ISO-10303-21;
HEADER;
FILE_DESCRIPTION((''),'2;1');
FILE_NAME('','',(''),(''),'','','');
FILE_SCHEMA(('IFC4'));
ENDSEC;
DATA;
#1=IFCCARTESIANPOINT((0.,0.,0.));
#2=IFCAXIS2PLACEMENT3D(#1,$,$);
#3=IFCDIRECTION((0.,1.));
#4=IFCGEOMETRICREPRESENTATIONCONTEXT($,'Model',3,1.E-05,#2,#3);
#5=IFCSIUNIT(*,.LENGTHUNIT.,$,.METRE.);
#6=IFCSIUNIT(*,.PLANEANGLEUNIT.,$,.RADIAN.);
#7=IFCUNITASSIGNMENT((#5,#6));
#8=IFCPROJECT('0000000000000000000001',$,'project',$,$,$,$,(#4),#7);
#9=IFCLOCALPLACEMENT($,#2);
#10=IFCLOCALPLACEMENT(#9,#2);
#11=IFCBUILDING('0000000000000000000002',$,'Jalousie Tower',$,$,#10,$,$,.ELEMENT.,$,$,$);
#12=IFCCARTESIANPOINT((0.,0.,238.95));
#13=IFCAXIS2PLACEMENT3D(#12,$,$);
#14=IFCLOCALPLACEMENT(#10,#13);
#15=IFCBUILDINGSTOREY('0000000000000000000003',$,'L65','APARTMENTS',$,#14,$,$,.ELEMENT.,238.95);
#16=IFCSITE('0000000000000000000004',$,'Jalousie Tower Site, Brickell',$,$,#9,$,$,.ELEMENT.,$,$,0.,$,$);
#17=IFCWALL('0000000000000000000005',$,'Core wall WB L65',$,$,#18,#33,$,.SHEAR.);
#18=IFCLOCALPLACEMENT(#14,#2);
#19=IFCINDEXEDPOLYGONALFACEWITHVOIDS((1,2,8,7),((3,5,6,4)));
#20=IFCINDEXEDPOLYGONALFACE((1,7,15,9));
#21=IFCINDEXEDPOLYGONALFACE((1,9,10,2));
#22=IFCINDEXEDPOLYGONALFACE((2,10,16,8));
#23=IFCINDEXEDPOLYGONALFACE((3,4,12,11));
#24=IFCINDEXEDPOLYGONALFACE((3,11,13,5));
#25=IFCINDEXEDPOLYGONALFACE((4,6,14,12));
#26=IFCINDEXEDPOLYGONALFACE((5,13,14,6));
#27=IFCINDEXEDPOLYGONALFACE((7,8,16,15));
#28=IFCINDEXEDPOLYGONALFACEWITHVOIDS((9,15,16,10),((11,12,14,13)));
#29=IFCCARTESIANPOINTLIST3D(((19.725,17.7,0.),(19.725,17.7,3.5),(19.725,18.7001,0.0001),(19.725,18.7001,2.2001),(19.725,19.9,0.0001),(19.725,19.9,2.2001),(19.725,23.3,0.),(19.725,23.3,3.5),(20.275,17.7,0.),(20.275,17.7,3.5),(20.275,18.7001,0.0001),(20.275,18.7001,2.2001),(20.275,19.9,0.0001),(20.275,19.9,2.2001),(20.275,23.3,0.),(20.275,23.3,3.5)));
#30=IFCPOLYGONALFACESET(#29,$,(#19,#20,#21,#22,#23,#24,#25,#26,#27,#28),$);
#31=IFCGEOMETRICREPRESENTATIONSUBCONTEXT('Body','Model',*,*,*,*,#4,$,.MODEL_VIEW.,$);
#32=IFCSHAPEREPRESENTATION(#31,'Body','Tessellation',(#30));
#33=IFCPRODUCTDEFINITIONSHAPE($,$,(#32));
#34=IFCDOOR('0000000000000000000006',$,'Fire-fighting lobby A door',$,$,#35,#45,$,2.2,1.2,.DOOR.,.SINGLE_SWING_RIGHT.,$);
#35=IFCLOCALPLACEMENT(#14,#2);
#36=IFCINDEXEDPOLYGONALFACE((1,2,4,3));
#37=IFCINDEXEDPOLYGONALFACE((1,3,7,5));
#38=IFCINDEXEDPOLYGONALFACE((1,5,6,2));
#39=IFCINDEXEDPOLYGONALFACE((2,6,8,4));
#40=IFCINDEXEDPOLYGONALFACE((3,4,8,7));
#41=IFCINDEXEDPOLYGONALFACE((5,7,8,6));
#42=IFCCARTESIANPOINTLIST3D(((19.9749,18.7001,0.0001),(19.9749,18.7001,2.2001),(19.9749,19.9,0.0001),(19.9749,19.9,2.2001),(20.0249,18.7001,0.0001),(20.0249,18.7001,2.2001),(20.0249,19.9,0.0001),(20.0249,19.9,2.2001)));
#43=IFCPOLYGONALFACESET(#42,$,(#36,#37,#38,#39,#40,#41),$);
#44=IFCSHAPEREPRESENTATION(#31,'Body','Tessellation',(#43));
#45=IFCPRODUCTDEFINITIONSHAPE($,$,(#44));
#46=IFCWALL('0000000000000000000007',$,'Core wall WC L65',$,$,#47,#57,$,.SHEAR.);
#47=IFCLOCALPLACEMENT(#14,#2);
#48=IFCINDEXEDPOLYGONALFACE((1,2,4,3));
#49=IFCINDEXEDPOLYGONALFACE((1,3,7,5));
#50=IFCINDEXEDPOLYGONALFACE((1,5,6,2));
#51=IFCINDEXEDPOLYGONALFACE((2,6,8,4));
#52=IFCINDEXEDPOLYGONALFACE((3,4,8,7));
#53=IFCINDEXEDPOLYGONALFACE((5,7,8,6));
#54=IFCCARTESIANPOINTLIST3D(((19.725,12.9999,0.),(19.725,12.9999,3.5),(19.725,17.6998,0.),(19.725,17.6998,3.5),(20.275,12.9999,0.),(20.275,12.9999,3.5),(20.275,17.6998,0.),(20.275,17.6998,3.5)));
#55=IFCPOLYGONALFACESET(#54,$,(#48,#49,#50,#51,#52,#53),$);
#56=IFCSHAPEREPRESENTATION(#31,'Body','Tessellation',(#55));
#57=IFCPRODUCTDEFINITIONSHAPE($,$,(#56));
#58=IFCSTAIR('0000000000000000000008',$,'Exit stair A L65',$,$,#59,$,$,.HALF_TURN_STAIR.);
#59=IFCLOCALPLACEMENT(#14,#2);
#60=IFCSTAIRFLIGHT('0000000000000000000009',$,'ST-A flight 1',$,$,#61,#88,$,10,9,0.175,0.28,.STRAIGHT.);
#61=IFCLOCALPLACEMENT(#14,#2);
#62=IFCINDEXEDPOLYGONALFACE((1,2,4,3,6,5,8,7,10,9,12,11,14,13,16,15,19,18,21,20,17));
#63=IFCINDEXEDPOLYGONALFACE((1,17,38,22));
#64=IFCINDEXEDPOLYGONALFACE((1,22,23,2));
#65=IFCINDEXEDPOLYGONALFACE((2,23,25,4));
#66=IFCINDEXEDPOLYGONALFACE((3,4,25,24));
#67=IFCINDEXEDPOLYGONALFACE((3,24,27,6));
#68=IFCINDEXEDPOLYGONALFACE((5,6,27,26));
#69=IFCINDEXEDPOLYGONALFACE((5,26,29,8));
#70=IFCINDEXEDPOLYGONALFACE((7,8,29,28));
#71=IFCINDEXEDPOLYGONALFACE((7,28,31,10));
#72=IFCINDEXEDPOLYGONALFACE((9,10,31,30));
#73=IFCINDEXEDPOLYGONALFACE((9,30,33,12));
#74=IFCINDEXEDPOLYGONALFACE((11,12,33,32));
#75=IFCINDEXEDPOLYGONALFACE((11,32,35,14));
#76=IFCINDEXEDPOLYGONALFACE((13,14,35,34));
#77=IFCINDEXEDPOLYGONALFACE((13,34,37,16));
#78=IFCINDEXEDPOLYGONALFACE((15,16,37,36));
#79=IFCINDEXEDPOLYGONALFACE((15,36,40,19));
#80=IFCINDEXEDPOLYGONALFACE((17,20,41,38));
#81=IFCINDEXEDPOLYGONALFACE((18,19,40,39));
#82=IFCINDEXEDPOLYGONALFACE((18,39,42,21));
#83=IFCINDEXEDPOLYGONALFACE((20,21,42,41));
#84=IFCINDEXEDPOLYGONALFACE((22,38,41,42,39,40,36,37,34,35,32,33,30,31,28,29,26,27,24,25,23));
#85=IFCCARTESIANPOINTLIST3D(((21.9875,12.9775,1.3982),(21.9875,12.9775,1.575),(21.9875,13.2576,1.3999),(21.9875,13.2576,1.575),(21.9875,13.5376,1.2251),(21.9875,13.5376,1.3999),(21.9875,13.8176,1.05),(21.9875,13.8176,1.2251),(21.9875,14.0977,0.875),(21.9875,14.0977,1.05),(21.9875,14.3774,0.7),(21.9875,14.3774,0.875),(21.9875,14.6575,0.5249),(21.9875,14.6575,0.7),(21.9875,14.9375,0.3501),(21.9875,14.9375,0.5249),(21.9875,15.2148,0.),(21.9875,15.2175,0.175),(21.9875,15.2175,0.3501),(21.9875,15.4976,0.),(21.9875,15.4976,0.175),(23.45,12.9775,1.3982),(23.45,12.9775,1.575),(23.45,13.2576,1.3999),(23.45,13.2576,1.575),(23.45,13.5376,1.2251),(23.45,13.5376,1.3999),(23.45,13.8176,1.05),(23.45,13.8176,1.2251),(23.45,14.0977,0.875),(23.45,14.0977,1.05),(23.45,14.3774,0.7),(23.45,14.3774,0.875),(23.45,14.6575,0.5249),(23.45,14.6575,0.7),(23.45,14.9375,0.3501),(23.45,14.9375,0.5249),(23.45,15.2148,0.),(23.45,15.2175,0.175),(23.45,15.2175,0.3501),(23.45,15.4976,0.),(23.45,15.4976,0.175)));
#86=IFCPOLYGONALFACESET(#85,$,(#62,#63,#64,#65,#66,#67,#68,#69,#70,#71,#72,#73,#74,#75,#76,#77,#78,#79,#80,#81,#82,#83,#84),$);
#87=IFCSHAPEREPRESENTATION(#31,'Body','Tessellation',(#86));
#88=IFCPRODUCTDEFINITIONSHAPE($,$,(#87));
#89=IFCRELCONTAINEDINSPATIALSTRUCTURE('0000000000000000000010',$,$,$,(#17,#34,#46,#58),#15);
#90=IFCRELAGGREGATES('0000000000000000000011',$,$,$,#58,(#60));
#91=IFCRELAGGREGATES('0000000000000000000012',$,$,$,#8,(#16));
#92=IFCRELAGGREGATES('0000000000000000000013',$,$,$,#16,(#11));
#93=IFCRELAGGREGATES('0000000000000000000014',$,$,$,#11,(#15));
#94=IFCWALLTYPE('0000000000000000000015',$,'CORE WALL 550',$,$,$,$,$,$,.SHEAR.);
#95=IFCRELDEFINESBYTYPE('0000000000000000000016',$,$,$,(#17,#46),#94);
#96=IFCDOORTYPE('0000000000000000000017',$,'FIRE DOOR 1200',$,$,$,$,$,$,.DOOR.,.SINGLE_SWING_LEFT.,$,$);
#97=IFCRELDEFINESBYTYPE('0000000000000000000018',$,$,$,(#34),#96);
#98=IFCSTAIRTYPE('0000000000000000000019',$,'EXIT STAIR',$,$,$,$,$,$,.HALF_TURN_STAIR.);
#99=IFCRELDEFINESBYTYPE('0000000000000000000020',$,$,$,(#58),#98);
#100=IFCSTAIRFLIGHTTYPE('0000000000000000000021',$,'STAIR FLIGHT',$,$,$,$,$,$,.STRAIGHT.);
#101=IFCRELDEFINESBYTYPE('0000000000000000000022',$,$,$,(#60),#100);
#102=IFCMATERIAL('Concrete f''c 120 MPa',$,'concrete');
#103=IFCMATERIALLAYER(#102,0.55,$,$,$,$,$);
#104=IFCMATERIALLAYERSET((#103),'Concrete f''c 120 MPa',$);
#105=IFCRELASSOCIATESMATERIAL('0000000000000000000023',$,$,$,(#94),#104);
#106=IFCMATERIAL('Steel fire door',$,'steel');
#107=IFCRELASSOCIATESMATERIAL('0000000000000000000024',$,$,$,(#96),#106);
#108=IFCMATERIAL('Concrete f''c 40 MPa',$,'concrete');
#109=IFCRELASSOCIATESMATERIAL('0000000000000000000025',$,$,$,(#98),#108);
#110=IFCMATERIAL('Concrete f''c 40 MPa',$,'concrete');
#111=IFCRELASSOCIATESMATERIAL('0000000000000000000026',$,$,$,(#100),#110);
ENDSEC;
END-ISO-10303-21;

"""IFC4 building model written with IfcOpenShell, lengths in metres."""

from ifc_helpers import new_model, si_unit, direction, frame, frame_2d, origin, place, context, subcontext, project, spatial, polyline, rectangle, outline, extrude, material, layer, layer_set, type_object, element, fill, aggregate, save


model = new_model("IFC4")

# Units and contexts
model_context = context("Model", 3, precision=1e-05, world=origin(), true_north=direction((0.0, 1.0)))
body_context = subcontext(model_context, "Body", "Model", "MODEL_VIEW")
ifc_project = project(units=[si_unit("LENGTHUNIT", "METRE"), si_unit("PLANEANGLEUNIT", "RADIAN")], contexts=[model_context])

# Site, building, storey
site_placement = place(None, origin())
site = spatial("IfcSite", under=ifc_project, at=site_placement, Name="Jalousie Tower Site, Brickell", CompositionType="ELEMENT", RefElevation=0.0)
building_placement = place(site_placement, origin())
building = spatial("IfcBuilding", under=site, at=building_placement, Name="Jalousie Tower", CompositionType="ELEMENT")
storey_placement = place(building_placement, frame((0.0, 0.0, 238.95)))
storey = spatial("IfcBuildingStorey", under=building, at=storey_placement, Name="L65", Description="APARTMENTS", CompositionType="ELEMENT", Elevation=238.95)

# Shared definitions
ifc_material_1 = material(Name="Concrete f'c 120 MPa", Category="concrete")
ifc_layer_1 = layer(ifc_material_1, 0.55)
ifc_layer_set_1 = layer_set([ifc_layer_1], Name="Concrete f'c 120 MPa")
wall_type_1 = type_object("IfcWallType", Name="CORE WALL 550", PredefinedType="SHEAR", material=ifc_layer_set_1)

# Wall, opening, door
wall_1_placement = place(storey_placement, frame((20.0, 23.3, 0.0), z_axis=(0.0, 0.0, 1.0), x_axis=(0.0, -1.0, 0.0)))
wall_1 = element("IfcWall", 1, at=wall_1_placement, inside=storey, type_object=wall_type_1, Name="Core wall WB L65", PredefinedType="SHEAR", context=body_context, shape_type="SweptSolid", body=[
    extrude(rectangle(XDim=5.6001, YDim=0.55, at=frame_2d((2.8, 0.0))), origin(), (0.0, 0.0, 1.0), 3.5),
])
opening_1_placement = place(wall_1_placement, frame((3.3999, 0.0, 0.0)))
opening_1 = element("IfcOpeningElement", 2, at=opening_1_placement, cuts=wall_1, PredefinedType="OPENING", context=body_context, shape_type="SweptSolid", body=[
    extrude(rectangle(XDim=1.2, YDim=2.2, at=frame_2d((0.6001, 1.1001))), frame((0.0, 0.2849, 0.0), z_axis=(0.0, -1.0, 0.0), x_axis=(1.0, 0.0, 0.0)), (0.0, 0.0, 1.0), 0.5701),
])
ifc_material_2 = material(Name="Steel fire door", Category="steel")
door_type_1 = type_object("IfcDoorType", Name="FIRE DOOR 1200", OperationType="SINGLE_SWING_LEFT", PredefinedType="DOOR", material=ifc_material_2)
door_1_placement = place(opening_1_placement, origin())
door_1 = element("IfcDoor", 3, at=door_1_placement, inside=storey, type_object=door_type_1, Name="Fire-fighting lobby A door", OperationType="SINGLE_SWING_RIGHT", OverallHeight=2.2, OverallWidth=1.2, PredefinedType="DOOR", context=body_context, shape_type="SweptSolid", body=[
    extrude(rectangle(XDim=1.2, YDim=2.2, at=frame_2d((0.6001, 1.1001))), frame((0.0, 0.0249, 0.0), z_axis=(0.0, -1.0, 0.0), x_axis=(1.0, 0.0, 0.0)), (0.0, 0.0, 1.0), 0.05),
])
fill(opening_1, door_1)

# Wall
wall_2_placement = place(storey_placement, frame((20.0, 17.7, 0.0), z_axis=(0.0, 0.0, 1.0), x_axis=(0.0, -1.0, 0.0)))
element("IfcWall", 4, at=wall_2_placement, inside=storey, type_object=wall_type_1, Name="Core wall WC L65", PredefinedType="SHEAR", context=body_context, shape_type="SweptSolid", body=[
    extrude(rectangle(XDim=4.7, YDim=0.55, at=frame_2d((2.3501, 0.0))), origin(), (0.0, 0.0, 1.0), 3.5),
])

# Stair, stair flight
ifc_material_3 = material(Name="Concrete f'c 40 MPa", Category="concrete")
stair_type = type_object("IfcStairType", Name="EXIT STAIR", PredefinedType="HALF_TURN_STAIR", material=ifc_material_3)
stair_placement = place(storey_placement, origin())
stair = element("IfcStair", 5, at=stair_placement, inside=storey, type_object=stair_type, Name="Exit stair A L65", PredefinedType="HALF_TURN_STAIR")
ifc_material_4 = material(Name="Concrete f'c 40 MPa", Category="concrete")
stair_flight_type = type_object("IfcStairFlightType", Name="STAIR FLIGHT", PredefinedType="STRAIGHT", material=ifc_material_4)
stair_flight_placement = place(storey_placement, frame((22.7188, 15.4976, 0.0), z_axis=(0.0, 0.0, 1.0), x_axis=(0.0, -1.0, 0.0)))
stair_flight = element("IfcStairFlight", 6, at=stair_flight_placement, type_object=stair_flight_type, Name="ST-A flight 1", NumberOfRisers=10, NumberOfTreads=9, PredefinedType="STRAIGHT", RiserHeight=0.175, TreadLength=0.28, context=body_context, shape_type="SweptSolid", body=[
    extrude(outline(polyline([(0.0, 0.0), (0.0, 0.175), (0.28, 0.175), (0.28, 0.3501), (0.5601, 0.3501), (0.5601, 0.5249), (0.8401, 0.5249), (0.8401, 0.7), (1.1201, 0.7), (1.1201, 0.875), (1.3999, 0.875), (1.3999, 1.05), (1.6799, 1.05), (1.6799, 1.2251), (1.96, 1.2251), (1.96, 1.3999), (2.24, 1.3999), (2.24, 1.575), (2.52, 1.575), (2.52, 1.75), (2.52, 1.3982), (0.2827, 0.0), (0.0, 0.0)])), frame((0.0, 0.7312, 0.0), z_axis=(0.0, -1.0, 0.0), x_axis=(1.0, 0.0, 0.0)), (0.0, 0.0, 1.0), 1.4624),
])
aggregate(stair, [stair_flight])

save(model, "model.ifc")
